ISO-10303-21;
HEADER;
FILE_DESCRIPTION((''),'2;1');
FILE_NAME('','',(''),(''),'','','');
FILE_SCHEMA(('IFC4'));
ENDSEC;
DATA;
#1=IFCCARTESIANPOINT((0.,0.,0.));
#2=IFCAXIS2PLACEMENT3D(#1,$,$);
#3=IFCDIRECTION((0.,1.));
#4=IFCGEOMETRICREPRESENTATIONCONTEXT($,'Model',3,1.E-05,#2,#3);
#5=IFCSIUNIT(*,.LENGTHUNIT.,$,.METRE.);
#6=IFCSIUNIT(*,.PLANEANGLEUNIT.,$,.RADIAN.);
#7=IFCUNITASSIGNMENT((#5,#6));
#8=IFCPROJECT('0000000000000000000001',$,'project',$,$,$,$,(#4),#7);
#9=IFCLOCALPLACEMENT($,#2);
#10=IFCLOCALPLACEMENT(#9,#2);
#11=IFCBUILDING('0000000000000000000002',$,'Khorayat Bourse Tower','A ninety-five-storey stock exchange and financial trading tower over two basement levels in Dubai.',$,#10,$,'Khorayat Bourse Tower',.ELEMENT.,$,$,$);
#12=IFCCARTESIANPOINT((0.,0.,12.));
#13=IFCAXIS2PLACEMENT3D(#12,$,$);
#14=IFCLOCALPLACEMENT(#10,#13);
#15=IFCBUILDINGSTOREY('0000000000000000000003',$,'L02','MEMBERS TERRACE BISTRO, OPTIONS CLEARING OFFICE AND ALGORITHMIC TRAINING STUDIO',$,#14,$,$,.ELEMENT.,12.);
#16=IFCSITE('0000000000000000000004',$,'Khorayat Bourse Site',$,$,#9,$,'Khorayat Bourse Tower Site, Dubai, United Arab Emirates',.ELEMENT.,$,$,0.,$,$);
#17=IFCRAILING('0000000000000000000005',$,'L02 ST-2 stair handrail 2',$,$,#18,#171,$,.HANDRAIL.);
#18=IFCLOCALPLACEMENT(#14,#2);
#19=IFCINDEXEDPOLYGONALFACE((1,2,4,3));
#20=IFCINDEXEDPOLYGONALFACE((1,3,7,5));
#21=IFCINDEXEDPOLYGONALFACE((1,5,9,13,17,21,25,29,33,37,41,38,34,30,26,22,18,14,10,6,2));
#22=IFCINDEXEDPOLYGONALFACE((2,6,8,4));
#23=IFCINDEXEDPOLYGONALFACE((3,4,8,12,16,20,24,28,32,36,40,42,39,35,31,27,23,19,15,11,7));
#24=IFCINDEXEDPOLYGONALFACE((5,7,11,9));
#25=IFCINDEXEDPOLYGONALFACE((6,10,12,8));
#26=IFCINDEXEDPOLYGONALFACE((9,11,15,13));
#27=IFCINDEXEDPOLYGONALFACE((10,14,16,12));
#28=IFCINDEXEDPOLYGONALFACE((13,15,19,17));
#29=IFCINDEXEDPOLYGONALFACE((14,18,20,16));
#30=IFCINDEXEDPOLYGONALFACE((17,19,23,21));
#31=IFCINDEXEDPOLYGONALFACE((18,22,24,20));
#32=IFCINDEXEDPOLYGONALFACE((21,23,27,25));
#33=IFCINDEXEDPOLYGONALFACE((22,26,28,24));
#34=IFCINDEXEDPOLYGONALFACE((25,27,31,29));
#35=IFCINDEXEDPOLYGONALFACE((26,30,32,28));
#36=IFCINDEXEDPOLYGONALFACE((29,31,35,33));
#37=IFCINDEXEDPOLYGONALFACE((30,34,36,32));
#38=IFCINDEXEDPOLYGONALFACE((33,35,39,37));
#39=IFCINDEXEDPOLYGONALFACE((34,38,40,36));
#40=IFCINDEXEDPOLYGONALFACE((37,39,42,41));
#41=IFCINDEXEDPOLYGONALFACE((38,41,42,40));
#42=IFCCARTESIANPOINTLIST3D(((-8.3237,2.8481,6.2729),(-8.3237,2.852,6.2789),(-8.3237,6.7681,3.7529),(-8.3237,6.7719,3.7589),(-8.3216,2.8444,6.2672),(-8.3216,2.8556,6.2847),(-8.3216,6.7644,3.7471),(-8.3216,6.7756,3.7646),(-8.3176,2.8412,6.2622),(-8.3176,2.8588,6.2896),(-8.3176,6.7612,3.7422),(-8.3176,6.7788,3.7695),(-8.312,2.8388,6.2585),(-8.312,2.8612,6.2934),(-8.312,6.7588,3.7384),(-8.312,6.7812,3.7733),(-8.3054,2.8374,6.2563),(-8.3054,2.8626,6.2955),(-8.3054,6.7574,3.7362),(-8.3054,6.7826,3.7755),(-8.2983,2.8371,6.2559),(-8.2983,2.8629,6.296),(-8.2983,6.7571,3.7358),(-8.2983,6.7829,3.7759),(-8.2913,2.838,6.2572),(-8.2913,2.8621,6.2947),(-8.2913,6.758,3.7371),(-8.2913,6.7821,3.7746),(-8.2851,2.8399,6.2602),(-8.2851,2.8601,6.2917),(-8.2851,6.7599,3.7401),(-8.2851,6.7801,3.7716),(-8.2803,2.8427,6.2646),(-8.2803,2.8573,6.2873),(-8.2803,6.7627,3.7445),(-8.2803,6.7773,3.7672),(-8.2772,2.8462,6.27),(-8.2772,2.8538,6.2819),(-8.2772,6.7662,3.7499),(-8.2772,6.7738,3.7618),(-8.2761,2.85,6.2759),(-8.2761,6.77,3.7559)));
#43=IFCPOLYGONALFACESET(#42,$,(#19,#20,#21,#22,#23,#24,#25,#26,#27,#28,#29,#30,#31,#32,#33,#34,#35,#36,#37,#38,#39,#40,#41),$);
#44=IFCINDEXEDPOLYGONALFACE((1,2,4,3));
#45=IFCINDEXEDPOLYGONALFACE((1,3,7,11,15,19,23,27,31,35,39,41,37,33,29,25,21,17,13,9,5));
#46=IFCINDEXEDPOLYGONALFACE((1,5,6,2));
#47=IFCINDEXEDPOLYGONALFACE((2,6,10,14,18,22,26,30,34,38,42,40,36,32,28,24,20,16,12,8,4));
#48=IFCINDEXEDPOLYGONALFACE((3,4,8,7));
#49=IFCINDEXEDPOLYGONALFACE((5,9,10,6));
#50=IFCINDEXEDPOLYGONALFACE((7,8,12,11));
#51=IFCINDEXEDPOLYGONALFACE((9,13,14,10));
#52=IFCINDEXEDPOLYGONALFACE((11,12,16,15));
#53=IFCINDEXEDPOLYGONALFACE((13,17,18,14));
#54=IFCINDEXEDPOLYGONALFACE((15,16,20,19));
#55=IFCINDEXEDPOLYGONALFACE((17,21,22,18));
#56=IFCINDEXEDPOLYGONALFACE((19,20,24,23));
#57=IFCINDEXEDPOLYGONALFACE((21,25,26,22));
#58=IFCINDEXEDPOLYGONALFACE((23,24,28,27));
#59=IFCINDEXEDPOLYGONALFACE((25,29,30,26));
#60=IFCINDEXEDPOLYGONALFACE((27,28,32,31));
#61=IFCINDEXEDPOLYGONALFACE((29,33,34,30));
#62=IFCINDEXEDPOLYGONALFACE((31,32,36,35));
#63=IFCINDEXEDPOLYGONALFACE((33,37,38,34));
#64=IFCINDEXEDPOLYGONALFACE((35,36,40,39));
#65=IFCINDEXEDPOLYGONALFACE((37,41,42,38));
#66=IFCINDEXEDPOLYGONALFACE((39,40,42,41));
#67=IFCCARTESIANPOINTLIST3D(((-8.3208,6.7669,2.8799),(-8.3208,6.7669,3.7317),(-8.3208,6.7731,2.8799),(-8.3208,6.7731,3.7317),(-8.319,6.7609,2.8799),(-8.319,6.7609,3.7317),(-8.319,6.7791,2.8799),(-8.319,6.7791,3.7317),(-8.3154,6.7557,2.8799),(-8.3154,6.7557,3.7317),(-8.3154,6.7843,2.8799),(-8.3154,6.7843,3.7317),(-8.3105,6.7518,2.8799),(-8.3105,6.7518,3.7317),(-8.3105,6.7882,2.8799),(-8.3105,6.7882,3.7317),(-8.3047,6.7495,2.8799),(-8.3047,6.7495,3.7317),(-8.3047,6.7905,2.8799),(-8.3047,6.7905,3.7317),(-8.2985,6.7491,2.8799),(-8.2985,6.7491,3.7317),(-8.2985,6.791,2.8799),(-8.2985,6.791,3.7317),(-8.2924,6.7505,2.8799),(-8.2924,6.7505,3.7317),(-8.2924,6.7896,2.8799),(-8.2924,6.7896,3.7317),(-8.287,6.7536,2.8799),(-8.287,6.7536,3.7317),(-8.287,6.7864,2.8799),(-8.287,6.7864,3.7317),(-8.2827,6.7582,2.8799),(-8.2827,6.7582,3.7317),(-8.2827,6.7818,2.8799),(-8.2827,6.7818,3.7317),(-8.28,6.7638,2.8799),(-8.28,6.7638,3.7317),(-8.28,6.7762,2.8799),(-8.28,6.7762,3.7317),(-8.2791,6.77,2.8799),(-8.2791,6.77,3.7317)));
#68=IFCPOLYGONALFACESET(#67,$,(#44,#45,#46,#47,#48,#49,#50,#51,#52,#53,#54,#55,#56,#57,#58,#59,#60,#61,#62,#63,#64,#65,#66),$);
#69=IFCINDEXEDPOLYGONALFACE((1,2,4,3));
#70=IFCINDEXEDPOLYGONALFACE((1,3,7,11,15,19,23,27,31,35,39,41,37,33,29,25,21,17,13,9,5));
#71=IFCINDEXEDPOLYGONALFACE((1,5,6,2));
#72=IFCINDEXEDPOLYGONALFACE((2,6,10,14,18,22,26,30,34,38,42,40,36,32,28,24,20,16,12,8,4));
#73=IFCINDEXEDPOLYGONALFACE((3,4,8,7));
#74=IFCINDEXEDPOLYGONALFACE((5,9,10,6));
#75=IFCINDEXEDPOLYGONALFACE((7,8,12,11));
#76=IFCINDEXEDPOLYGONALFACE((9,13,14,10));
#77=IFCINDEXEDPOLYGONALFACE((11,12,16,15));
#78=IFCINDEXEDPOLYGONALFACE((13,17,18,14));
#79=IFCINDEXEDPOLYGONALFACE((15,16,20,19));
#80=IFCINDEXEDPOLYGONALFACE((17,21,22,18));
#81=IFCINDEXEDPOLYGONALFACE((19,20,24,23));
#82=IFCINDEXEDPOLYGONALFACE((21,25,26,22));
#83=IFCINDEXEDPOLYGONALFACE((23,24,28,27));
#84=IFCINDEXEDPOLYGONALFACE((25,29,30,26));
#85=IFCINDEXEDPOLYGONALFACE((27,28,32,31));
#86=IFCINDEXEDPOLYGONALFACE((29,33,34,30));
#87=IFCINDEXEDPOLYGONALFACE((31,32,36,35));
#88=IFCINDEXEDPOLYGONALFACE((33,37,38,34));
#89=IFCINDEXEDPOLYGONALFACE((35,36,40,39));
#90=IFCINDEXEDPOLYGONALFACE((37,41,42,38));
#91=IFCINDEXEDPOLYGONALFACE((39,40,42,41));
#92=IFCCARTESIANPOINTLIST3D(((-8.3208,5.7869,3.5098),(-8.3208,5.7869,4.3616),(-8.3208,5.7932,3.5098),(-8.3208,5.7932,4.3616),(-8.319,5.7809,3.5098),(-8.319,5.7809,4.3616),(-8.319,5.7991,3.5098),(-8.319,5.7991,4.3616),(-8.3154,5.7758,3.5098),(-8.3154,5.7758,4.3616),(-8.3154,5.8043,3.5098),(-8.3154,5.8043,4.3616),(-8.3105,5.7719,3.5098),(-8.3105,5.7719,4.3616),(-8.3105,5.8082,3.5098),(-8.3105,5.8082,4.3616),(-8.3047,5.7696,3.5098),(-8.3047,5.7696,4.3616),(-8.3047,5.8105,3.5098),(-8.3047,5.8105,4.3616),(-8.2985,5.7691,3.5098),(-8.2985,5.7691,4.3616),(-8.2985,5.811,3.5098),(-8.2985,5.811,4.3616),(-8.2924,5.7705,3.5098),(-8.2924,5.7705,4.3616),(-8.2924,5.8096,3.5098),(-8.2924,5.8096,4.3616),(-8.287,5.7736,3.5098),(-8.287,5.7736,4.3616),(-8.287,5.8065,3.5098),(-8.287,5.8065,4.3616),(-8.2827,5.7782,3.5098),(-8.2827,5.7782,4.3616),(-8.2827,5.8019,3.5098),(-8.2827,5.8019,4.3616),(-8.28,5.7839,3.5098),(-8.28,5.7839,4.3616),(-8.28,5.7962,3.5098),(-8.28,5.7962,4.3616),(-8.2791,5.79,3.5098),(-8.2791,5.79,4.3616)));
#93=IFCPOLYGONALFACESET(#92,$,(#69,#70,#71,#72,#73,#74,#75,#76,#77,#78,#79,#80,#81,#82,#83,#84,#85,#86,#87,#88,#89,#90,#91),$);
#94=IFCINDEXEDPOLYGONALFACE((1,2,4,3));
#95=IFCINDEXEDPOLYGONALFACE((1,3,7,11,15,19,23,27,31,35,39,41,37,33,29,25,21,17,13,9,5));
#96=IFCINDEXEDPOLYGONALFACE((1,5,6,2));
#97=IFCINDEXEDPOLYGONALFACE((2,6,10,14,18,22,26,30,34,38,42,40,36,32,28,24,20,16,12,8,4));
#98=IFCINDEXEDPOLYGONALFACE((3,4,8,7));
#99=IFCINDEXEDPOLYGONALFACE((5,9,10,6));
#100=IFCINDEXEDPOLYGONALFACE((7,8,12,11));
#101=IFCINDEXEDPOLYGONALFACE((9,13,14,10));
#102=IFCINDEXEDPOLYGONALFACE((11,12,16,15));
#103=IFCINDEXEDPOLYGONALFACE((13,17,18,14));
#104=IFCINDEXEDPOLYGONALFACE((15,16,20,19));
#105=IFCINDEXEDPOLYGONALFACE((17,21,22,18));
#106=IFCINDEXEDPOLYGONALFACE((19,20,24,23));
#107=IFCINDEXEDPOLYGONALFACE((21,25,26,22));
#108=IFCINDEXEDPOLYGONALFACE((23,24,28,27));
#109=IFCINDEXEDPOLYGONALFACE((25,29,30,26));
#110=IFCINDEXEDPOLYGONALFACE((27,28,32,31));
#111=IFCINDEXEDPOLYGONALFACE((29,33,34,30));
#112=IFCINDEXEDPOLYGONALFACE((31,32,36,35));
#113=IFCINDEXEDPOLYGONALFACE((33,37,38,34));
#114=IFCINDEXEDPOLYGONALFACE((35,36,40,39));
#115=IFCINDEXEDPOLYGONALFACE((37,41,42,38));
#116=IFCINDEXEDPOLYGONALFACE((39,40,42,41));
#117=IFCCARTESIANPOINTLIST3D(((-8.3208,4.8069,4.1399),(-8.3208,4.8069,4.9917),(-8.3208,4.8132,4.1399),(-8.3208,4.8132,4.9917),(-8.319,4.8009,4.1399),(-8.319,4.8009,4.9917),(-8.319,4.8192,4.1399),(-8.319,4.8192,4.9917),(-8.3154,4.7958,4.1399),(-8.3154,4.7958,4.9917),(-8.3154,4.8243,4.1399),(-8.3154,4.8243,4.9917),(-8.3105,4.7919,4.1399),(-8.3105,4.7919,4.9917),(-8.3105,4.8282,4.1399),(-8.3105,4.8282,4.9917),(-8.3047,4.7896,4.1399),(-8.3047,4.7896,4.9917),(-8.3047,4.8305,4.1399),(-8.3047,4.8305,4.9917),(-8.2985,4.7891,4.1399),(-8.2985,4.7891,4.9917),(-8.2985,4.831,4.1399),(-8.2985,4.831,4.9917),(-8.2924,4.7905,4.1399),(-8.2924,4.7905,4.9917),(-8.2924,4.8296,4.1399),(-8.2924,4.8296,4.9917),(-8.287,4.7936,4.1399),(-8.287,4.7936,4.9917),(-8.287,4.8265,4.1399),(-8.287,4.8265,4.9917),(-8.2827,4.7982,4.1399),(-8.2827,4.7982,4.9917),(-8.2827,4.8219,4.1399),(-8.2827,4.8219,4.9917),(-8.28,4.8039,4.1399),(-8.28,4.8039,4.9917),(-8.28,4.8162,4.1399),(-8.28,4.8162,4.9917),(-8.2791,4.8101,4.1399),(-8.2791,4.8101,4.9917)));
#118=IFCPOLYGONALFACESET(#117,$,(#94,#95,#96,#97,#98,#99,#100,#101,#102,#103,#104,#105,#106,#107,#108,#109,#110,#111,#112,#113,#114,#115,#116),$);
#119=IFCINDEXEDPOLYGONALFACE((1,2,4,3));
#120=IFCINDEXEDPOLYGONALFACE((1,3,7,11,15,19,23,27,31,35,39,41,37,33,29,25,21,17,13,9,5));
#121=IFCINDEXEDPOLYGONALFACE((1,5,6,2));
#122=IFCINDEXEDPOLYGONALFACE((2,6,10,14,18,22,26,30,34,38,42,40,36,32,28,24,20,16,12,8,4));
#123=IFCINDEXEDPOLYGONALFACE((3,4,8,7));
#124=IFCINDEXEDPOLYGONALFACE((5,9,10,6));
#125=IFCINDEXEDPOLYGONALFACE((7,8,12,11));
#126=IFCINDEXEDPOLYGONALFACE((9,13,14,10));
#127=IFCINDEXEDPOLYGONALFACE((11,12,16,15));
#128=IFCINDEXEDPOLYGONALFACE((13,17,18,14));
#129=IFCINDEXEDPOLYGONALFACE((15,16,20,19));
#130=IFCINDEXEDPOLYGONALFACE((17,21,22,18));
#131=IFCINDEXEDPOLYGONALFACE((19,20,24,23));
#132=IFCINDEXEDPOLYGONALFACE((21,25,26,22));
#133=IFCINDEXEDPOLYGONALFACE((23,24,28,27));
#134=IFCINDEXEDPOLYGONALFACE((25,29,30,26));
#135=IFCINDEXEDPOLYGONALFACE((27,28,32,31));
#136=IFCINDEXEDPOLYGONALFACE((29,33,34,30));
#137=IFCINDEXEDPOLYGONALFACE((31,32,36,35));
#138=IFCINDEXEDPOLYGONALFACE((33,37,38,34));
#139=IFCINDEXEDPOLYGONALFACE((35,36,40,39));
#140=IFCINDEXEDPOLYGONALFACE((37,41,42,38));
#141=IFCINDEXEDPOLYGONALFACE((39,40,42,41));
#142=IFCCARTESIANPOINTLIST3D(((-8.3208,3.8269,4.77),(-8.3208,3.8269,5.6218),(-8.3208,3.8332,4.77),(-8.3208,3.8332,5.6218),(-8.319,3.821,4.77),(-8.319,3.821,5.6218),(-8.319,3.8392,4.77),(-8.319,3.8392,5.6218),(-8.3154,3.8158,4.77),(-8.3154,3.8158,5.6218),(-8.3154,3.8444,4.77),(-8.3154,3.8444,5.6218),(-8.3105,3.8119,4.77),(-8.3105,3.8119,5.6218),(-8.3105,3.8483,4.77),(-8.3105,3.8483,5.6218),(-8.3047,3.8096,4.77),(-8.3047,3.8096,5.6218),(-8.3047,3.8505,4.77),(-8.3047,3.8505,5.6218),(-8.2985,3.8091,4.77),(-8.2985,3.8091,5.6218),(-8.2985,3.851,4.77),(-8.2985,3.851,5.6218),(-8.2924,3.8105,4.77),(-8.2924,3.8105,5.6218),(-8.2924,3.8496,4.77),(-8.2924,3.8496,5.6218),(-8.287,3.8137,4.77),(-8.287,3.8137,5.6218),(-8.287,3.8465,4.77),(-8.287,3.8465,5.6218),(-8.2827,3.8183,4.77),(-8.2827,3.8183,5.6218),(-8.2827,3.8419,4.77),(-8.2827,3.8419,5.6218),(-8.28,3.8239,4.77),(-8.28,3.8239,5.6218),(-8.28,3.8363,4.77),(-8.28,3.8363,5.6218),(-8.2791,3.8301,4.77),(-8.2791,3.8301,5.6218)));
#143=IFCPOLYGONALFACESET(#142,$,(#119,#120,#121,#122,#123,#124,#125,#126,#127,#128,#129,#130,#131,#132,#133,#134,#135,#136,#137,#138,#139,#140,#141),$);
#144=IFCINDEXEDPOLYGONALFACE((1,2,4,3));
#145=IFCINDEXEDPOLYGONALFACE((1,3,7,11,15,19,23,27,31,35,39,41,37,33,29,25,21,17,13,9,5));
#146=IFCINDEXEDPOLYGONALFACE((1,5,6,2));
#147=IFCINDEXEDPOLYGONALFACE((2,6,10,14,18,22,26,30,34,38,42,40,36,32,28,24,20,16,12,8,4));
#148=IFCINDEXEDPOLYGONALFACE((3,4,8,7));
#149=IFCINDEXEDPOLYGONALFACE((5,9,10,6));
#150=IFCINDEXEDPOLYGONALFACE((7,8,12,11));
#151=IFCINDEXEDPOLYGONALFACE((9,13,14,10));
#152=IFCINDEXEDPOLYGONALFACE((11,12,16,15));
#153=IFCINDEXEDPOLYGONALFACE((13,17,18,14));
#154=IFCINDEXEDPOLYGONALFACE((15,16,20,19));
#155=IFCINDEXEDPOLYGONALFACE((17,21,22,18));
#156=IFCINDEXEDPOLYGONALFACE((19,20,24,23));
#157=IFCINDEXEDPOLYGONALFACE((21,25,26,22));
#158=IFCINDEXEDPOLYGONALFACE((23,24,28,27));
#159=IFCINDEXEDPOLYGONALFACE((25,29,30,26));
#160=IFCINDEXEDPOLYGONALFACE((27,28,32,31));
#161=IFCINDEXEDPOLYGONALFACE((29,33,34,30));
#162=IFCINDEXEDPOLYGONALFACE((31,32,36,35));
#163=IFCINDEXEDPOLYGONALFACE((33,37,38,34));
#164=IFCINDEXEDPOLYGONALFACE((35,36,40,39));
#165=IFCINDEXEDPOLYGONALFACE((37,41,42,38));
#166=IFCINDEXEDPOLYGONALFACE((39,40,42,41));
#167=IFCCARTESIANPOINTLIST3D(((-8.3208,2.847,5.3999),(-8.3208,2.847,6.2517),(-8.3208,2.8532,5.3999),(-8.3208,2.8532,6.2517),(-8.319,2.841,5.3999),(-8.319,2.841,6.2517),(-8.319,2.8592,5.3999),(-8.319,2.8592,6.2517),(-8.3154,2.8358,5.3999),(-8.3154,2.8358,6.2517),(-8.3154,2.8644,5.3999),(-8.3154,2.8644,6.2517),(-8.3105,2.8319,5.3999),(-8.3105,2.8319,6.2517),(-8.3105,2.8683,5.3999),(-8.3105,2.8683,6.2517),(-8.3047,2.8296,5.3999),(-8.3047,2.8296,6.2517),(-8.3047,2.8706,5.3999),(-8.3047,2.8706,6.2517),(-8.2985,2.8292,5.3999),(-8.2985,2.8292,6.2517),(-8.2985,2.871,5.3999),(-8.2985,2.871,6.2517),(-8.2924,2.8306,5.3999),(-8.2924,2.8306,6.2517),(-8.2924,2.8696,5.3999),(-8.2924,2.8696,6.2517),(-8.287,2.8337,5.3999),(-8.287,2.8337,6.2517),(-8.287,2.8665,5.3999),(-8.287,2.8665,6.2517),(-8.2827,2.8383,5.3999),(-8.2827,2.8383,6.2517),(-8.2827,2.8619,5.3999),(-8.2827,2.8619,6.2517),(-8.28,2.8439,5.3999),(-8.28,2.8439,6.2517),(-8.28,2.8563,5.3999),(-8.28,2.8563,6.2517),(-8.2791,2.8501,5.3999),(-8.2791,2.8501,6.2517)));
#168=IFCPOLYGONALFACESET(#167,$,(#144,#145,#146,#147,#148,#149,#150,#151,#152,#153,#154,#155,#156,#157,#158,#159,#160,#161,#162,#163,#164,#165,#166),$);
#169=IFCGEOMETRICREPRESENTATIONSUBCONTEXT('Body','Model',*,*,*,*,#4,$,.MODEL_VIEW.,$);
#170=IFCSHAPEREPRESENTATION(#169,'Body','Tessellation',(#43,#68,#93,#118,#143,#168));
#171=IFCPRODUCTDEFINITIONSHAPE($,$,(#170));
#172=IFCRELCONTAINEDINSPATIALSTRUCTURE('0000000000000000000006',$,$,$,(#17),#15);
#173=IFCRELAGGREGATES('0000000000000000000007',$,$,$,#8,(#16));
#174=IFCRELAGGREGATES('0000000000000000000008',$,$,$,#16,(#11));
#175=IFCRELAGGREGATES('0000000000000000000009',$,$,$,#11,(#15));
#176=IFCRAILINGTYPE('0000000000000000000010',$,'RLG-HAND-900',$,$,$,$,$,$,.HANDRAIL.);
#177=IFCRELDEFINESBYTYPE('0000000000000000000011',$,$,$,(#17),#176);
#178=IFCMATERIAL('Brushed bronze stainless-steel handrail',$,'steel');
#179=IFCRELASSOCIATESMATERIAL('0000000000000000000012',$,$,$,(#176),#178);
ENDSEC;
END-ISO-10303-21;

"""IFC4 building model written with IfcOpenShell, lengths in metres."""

from ifc_helpers import new_model, si_unit, direction, frame, origin, origin_2d, place, context, subcontext, project, spatial, circle, extrude, source, transform, mapped, material, type_object, element, save


model = new_model("IFC4")

# Units and contexts
model_context = context("Model", 3, precision=1e-05, world=origin(), true_north=direction((0.0, 1.0)))
body_context = subcontext(model_context, "Body", "Model", "MODEL_VIEW")
ifc_project = project(units=[si_unit("LENGTHUNIT", "METRE"), si_unit("PLANEANGLEUNIT", "RADIAN")], contexts=[model_context])

# Site, building, storey
site_placement = place(None, origin())
site = spatial("IfcSite", under=ifc_project, at=site_placement, Name="Khorayat Bourse Site", LongName="Khorayat Bourse Tower Site, Dubai, United Arab Emirates", CompositionType="ELEMENT", RefElevation=0.0)
building_placement = place(site_placement, origin())
building = spatial("IfcBuilding", under=site, at=building_placement, Name="Khorayat Bourse Tower", Description="A ninety-five-storey stock exchange and financial trading tower over two basement levels in Dubai.", LongName="Khorayat Bourse Tower", CompositionType="ELEMENT")
storey_placement = place(building_placement, frame((0.0, 0.0, 12.0)))
storey = spatial("IfcBuildingStorey", under=building, at=storey_placement, Name="L02", Description="MEMBERS TERRACE BISTRO, OPTIONS CLEARING OFFICE AND ALGORITHMIC TRAINING STUDIO", CompositionType="ELEMENT", Elevation=12.0)

# Railing
ifc_material_1 = material(Name="Brushed bronze stainless-steel handrail", Category="steel")
railing_type_1 = type_object("IfcRailingType", Name="RLG-HAND-900", PredefinedType="HANDRAIL", material=ifc_material_1)
shared_shape_1 = source(origin(), body_context, "Body", "SweptSolid", [
    extrude(circle(Radius=0.0239, at=origin_2d()), frame((0.0, 0.0, 0.876), z_axis=(0.0, -0.841172, 0.540768), x_axis=(1.0, 0.0, 0.0)), (0.0, 0.0, 1.0), 4.6602),
    extrude(circle(Radius=0.021, at=origin_2d()), origin(), (0.0, 0.0, 1.0), 0.8518),
    extrude(circle(Radius=0.021, at=origin_2d()), frame((0.0, -0.98, 0.6299)), (0.0, 0.0, 1.0), 0.8518),
    extrude(circle(Radius=0.021, at=origin_2d()), frame((0.0, -1.96, 1.26)), (0.0, 0.0, 1.0), 0.8518),
    extrude(circle(Radius=0.021, at=origin_2d()), frame((0.0, -2.9399, 1.8901)), (0.0, 0.0, 1.0), 0.8518),
    extrude(circle(Radius=0.021, at=origin_2d()), frame((0.0, -3.9199, 2.52)), (0.0, 0.0, 1.0), 0.8518),
])
railing_1_placement = place(storey_placement, frame((-8.3, 6.77, 2.8799)))
element("IfcRailing", 1, at=railing_1_placement, inside=storey, type_object=railing_type_1, Name="L02 ST-2 stair handrail 2", PredefinedType="HANDRAIL", context=body_context, shape_type="MappedRepresentation", body=[
    mapped(shared_shape_1, transform((0.0, 0.0, 0.0), scale=1.0)),
])

save(model, "model.ifc")
